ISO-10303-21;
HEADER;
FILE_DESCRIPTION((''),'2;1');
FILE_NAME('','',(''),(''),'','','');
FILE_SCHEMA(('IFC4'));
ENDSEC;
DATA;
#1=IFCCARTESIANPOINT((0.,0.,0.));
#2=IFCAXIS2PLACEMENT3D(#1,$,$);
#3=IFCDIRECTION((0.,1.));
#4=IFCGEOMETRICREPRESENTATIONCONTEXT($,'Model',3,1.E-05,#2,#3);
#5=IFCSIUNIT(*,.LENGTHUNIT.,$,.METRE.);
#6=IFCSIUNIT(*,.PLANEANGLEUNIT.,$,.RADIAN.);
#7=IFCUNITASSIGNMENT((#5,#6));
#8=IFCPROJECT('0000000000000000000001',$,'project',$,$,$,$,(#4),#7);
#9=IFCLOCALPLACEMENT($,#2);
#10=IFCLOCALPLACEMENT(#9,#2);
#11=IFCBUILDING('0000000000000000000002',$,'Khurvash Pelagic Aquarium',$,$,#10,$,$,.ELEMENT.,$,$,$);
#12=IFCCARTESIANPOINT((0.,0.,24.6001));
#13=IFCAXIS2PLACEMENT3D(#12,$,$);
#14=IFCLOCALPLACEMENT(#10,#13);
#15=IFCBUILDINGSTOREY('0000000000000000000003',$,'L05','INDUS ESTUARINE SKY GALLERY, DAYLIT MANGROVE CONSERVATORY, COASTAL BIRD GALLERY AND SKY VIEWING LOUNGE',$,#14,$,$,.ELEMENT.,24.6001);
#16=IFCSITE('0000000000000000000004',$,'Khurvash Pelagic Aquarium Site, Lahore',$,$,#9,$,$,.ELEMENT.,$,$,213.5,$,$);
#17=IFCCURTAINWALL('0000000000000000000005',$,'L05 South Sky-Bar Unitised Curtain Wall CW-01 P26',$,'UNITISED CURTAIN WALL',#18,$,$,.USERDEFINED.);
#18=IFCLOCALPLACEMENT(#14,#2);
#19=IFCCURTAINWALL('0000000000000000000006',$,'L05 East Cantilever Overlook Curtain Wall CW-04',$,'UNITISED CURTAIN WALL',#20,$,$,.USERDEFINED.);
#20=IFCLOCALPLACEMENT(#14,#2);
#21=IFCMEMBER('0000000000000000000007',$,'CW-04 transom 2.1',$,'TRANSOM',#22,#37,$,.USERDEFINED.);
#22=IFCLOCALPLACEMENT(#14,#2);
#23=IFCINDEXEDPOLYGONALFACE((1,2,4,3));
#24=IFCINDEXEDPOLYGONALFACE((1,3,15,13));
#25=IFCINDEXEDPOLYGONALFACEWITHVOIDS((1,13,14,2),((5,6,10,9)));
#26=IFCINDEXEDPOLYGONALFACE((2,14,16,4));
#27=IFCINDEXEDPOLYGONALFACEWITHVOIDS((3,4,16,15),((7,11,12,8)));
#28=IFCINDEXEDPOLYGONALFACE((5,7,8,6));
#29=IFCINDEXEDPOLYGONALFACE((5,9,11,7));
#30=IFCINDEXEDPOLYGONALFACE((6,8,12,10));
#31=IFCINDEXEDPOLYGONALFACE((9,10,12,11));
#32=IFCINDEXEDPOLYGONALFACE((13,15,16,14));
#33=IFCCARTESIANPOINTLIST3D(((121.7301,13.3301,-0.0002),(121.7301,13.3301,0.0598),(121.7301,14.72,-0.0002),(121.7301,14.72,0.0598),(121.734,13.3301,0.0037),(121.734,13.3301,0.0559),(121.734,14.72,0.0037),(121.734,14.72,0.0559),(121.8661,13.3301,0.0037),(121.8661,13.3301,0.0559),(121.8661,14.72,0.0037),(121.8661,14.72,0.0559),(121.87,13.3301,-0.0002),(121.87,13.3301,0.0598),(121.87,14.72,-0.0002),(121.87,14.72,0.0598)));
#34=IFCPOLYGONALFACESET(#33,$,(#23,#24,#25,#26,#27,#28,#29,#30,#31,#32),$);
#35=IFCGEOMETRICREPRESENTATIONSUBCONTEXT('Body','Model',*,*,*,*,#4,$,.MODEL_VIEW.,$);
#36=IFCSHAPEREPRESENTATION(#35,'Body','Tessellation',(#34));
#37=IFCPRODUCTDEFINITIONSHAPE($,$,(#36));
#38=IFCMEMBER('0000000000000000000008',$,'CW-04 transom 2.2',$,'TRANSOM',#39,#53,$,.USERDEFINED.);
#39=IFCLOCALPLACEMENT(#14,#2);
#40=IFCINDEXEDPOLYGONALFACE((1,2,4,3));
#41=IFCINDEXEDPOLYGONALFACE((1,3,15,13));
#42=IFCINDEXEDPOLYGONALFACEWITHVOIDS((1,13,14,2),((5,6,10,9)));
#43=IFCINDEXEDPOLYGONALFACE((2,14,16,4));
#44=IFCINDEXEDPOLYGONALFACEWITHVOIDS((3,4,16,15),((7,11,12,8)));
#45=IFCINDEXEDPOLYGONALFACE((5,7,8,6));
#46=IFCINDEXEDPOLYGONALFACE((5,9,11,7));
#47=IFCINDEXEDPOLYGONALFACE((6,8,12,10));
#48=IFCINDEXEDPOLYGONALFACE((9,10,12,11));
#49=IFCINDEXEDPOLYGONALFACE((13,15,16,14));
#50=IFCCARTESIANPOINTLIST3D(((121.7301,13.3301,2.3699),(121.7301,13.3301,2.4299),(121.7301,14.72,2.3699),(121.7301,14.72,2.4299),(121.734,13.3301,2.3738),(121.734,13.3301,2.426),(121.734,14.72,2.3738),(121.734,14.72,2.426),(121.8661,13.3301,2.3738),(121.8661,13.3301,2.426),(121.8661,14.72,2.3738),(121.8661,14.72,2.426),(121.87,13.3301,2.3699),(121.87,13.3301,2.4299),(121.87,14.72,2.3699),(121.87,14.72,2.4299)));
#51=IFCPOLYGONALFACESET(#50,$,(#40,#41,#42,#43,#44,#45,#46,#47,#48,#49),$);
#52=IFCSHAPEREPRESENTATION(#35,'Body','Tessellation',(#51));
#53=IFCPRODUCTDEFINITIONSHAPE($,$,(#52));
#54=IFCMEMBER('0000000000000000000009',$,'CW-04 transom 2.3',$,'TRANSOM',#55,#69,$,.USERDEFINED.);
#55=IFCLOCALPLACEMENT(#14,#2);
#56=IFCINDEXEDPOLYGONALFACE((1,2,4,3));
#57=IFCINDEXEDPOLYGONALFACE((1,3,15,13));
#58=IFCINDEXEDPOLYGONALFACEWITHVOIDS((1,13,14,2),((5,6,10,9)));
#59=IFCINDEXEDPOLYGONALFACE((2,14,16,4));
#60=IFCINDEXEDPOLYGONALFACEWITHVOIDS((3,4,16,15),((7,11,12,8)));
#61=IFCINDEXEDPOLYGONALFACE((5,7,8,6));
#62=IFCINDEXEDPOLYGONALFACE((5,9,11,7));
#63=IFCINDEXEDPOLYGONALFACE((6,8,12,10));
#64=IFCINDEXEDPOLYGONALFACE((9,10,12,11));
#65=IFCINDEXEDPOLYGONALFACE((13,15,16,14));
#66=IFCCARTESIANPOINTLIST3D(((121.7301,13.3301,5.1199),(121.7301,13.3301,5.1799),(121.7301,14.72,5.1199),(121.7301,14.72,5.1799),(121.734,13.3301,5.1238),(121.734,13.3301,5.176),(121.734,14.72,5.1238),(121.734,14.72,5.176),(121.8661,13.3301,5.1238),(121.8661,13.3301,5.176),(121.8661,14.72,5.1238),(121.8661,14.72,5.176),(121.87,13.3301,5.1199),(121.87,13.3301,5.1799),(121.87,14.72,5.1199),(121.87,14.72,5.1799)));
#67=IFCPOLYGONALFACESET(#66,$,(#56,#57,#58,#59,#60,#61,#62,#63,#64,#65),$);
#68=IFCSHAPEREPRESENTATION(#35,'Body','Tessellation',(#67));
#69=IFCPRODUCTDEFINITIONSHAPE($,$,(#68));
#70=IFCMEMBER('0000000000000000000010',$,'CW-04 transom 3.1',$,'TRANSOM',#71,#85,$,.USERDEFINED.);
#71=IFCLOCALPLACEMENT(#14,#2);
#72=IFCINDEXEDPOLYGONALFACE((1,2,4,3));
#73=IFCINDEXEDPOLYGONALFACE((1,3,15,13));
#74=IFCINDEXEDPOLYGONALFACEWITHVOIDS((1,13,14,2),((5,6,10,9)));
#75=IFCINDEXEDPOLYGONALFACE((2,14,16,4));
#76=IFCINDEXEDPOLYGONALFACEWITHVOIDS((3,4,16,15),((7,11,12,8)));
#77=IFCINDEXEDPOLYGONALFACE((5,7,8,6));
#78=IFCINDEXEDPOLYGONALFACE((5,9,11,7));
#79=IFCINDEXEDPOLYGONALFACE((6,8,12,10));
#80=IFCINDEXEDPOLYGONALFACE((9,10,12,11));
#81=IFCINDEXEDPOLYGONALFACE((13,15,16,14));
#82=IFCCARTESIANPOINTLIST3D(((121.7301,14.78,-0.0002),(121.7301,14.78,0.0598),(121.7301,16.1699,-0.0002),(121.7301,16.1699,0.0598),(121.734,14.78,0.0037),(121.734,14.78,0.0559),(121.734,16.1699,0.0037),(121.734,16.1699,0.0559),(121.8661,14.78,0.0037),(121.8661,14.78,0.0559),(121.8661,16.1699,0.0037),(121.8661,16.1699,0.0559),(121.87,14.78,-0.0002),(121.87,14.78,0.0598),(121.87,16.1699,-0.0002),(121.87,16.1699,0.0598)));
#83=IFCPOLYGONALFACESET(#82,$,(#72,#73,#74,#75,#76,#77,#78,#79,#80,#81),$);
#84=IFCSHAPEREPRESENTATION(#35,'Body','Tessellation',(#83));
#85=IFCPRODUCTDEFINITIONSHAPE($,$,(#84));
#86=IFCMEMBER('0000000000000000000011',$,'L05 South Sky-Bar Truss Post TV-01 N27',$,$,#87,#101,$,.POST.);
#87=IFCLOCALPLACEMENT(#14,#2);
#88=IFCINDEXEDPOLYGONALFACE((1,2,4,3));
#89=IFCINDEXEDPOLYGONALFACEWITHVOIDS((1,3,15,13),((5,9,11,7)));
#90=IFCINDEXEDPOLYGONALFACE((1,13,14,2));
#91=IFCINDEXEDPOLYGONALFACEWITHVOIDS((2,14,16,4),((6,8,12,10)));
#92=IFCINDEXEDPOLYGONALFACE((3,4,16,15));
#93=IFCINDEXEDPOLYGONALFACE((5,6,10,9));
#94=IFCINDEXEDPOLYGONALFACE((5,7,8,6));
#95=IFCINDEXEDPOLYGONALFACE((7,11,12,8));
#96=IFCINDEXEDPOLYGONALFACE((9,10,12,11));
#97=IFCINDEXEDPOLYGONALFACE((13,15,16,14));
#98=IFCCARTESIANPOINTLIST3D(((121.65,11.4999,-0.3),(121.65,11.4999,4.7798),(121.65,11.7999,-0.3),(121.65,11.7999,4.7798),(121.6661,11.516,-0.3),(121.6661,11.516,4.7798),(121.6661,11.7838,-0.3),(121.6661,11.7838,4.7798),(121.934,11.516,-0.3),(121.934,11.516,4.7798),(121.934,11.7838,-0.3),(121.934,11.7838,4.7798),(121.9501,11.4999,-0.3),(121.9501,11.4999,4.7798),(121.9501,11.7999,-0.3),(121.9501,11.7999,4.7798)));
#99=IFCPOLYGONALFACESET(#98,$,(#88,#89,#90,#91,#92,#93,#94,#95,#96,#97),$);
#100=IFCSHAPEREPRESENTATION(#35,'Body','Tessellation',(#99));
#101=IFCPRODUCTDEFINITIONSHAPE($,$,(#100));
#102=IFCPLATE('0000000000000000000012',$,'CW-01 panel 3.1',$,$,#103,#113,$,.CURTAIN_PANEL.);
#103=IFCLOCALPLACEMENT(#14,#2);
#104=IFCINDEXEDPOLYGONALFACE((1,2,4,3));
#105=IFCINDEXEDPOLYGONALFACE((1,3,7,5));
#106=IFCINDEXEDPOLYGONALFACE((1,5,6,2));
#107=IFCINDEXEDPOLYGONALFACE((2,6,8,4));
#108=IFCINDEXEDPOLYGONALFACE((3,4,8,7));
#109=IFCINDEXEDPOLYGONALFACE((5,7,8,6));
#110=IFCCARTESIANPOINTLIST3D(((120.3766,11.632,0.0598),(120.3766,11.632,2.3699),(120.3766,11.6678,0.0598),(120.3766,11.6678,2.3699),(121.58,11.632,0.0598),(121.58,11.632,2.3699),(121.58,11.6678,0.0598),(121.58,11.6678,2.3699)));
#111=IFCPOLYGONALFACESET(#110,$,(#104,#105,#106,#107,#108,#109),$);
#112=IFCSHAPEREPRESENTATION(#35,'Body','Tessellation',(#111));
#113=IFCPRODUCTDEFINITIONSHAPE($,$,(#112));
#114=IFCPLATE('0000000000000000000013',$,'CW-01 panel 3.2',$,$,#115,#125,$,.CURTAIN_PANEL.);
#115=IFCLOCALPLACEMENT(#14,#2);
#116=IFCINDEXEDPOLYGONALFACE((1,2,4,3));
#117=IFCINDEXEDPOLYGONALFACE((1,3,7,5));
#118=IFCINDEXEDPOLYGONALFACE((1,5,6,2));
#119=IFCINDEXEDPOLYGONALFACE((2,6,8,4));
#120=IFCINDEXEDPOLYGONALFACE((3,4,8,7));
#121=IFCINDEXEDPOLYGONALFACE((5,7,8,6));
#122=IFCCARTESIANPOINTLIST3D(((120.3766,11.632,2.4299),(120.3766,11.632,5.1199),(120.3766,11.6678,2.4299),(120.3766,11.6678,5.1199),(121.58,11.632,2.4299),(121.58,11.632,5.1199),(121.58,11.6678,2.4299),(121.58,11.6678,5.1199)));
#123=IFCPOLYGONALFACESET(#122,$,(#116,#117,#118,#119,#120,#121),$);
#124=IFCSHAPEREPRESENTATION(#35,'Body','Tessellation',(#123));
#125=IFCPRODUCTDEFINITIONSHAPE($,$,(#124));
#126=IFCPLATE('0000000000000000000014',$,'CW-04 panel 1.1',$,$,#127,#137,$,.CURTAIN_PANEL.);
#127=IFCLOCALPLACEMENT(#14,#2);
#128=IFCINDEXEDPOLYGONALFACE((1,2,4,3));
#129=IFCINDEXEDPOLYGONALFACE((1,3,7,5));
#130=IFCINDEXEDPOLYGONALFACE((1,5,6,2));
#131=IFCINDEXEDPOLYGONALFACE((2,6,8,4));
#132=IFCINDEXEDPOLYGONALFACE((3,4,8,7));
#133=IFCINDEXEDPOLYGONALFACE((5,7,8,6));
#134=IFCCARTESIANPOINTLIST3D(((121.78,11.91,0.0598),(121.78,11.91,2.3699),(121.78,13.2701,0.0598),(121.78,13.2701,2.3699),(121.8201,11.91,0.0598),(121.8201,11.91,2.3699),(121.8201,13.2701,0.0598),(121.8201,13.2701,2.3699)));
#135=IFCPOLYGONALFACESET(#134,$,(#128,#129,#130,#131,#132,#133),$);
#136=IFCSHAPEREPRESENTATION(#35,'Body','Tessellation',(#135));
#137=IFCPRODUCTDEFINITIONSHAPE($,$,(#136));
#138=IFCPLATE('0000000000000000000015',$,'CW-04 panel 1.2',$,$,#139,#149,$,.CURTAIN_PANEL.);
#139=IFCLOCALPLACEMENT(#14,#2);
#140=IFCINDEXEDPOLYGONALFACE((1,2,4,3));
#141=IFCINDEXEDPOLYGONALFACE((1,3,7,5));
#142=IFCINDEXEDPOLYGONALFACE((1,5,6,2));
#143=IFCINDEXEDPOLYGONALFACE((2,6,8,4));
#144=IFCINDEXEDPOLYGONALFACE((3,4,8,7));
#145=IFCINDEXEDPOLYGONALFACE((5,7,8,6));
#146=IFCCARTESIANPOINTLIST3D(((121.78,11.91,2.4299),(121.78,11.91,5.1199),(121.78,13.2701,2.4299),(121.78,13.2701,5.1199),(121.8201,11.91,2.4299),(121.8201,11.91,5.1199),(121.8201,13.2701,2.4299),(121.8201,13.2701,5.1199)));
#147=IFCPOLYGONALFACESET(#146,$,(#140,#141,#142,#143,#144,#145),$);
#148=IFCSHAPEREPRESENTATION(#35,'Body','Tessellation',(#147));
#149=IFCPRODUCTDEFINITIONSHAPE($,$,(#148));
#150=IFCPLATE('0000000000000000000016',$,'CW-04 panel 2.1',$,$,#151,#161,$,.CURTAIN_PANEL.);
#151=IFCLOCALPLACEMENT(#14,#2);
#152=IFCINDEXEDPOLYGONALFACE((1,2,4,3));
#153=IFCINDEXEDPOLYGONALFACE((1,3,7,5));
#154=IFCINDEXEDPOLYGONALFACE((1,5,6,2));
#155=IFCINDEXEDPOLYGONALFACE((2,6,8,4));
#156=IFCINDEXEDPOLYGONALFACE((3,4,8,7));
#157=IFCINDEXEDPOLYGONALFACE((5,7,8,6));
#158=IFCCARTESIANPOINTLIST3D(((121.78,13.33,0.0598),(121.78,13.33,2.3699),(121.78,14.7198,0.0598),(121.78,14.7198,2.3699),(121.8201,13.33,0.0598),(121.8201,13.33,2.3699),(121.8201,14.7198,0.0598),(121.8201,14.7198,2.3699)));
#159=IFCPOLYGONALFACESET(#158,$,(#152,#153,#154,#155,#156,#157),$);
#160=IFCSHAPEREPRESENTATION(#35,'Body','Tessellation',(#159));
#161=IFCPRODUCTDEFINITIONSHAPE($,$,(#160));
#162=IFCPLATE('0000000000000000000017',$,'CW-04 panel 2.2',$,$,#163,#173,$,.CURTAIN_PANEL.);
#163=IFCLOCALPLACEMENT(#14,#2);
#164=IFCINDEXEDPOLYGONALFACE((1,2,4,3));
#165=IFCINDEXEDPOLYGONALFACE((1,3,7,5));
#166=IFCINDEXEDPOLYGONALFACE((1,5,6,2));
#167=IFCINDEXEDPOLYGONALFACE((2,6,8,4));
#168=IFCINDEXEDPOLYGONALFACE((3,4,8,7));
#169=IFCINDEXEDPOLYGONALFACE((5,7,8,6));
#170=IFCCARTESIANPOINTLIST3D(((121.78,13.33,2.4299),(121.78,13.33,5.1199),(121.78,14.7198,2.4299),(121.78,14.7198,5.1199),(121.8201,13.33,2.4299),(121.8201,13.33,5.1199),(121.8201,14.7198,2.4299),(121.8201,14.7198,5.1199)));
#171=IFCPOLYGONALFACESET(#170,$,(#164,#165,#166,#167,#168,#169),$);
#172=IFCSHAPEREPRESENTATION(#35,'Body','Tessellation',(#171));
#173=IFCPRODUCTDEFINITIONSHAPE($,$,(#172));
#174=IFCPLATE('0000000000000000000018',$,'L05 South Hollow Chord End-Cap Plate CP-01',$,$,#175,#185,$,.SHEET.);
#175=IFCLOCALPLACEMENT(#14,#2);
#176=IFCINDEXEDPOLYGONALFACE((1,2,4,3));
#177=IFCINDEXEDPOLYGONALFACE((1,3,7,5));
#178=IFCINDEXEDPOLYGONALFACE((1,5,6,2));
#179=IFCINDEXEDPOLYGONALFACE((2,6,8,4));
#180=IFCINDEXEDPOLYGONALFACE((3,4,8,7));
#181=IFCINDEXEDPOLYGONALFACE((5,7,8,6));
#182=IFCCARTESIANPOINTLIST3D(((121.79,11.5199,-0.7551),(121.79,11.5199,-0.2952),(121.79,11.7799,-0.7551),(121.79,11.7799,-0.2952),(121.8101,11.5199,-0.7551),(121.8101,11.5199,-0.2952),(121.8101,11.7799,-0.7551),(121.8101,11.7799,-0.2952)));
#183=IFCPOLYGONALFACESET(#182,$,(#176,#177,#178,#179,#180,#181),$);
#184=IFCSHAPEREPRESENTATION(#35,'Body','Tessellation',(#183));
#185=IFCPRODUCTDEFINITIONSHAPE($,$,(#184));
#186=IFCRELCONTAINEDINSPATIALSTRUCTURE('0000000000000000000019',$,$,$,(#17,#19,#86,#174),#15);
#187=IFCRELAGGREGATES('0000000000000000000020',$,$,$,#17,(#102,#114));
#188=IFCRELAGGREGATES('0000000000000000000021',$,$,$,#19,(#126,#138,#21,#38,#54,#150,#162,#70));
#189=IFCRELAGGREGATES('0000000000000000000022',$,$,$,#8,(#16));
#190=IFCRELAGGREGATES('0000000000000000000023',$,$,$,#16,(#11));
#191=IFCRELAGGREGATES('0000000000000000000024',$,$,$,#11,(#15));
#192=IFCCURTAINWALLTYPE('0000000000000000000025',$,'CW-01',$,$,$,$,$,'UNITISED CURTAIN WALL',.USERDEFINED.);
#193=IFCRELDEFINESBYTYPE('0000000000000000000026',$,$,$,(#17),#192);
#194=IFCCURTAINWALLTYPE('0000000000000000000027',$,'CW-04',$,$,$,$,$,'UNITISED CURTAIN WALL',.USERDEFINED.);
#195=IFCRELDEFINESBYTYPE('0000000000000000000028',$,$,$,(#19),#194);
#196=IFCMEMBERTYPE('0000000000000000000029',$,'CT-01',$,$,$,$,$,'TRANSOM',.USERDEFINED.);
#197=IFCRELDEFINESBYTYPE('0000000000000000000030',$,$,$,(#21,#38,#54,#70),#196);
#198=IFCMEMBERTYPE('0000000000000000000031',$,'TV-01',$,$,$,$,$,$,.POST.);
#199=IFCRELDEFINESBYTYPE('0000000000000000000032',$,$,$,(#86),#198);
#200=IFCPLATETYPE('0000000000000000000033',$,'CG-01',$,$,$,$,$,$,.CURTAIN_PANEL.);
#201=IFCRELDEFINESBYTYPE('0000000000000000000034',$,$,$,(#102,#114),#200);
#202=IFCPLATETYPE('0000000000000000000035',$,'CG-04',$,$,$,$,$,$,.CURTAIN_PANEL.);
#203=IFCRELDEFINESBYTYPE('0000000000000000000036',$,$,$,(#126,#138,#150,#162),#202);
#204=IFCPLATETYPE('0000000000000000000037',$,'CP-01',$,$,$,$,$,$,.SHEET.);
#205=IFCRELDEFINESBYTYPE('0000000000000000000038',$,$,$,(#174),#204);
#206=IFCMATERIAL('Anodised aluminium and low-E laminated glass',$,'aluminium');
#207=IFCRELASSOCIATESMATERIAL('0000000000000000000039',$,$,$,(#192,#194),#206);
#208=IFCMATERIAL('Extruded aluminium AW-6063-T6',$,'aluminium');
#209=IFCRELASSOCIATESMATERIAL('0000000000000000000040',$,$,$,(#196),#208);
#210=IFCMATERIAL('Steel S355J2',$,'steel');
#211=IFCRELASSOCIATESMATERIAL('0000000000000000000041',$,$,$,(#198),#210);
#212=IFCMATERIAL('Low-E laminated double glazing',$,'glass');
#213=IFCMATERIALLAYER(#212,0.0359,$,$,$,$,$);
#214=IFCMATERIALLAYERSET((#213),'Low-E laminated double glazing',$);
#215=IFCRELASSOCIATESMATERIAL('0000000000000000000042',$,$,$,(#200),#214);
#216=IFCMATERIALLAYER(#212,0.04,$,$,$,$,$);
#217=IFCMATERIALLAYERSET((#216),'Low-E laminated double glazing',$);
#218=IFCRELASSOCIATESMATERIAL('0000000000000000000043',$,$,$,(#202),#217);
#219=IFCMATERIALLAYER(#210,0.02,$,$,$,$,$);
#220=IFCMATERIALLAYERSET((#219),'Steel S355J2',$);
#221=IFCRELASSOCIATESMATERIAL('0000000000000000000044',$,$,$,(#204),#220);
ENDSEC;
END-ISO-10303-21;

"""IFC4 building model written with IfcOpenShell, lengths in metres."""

from ifc_helpers import new_model, si_unit, direction, frame, origin, origin_2d, place, context, subcontext, project, spatial, rectangle, hollow_rectangle, extrude, material, layer, layer_set, material_profile, profile_set, type_object, element, aggregate, save


model = new_model("IFC4")

# Units and contexts
model_context = context("Model", 3, precision=1e-05, world=origin(), true_north=direction((0.0, 1.0)))
body_context = subcontext(model_context, "Body", "Model", "MODEL_VIEW")
ifc_project = project(units=[si_unit("LENGTHUNIT", "METRE"), si_unit("PLANEANGLEUNIT", "RADIAN")], contexts=[model_context])

# Site, building, storey
site_placement = place(None, origin())
site = spatial("IfcSite", under=ifc_project, at=site_placement, Name="Khurvash Pelagic Aquarium Site, Lahore", CompositionType="ELEMENT", RefElevation=213.5)
building_placement = place(site_placement, origin())
building = spatial("IfcBuilding", under=site, at=building_placement, Name="Khurvash Pelagic Aquarium", CompositionType="ELEMENT")
storey_placement = place(building_placement, frame((0.0, 0.0, 24.6001)))
storey = spatial("IfcBuildingStorey", under=building, at=storey_placement, Name="L05", Description="INDUS ESTUARINE SKY GALLERY, DAYLIT MANGROVE CONSERVATORY, COASTAL BIRD GALLERY AND SKY VIEWING LOUNGE", CompositionType="ELEMENT", Elevation=24.6001)

# Curtain wall
ifc_material_1 = material(Name="Anodised aluminium and low-E laminated glass", Category="aluminium")
curtain_wall_type_1 = type_object("IfcCurtainWallType", Name="CW-01", ElementType="UNITISED CURTAIN WALL", PredefinedType="USERDEFINED", material=ifc_material_1)
curtain_wall_1_placement = place(storey_placement, origin())
curtain_wall_1 = element("IfcCurtainWall", 1, at=curtain_wall_1_placement, inside=storey, type_object=curtain_wall_type_1, Name="L05 South Sky-Bar Unitised Curtain Wall CW-01 P26", ObjectType="UNITISED CURTAIN WALL", PredefinedType="USERDEFINED")
ifc_material_2 = material(Name="Extruded aluminium AW-6063-T6", Category="aluminium")

# Curtain wall
curtain_wall_type_2 = type_object("IfcCurtainWallType", Name="CW-04", ElementType="UNITISED CURTAIN WALL", PredefinedType="USERDEFINED", material=ifc_material_1)
curtain_wall_2_placement = place(storey_placement, origin())
curtain_wall_2 = element("IfcCurtainWall", 2, at=curtain_wall_2_placement, inside=storey, type_object=curtain_wall_type_2, Name="L05 East Cantilever Overlook Curtain Wall CW-04", ObjectType="UNITISED CURTAIN WALL", PredefinedType="USERDEFINED")

# Members
ifc_material_profile_1 = material_profile(ifc_material_2, hollow_rectangle(XDim=0.1399, YDim=0.0601, WallThickness=0.0039, at=origin_2d()), Name="CWT140X60X4")
ifc_profile_set_1 = profile_set([ifc_material_profile_1], Name="Extruded aluminium AW-6063-T6")
member_type_1 = type_object("IfcMemberType", Name="CT-01", ElementType="TRANSOM", PredefinedType="USERDEFINED", material=ifc_profile_set_1)
member_1_placement = place(storey_placement, frame((121.8, 13.3301, 0.0298), z_axis=(0.0, 1.0, 0.0), x_axis=(-1.0, 0.0, 0.0)))
member_1 = element("IfcMember", 3, at=member_1_placement, type_object=member_type_1, Name="CW-04 transom 2.1", ObjectType="TRANSOM", PredefinedType="USERDEFINED", context=body_context, shape_type="SweptSolid", body=[
    extrude(hollow_rectangle(XDim=0.1399, YDim=0.0601, WallThickness=0.0039, at=origin_2d()), origin(), (0.0, 0.0, 1.0), 1.3899),
])
member_2_placement = place(storey_placement, frame((121.8, 13.3301, 2.3999), z_axis=(0.0, 1.0, 0.0), x_axis=(-1.0, 0.0, 0.0)))
member_2 = element("IfcMember", 4, at=member_2_placement, type_object=member_type_1, Name="CW-04 transom 2.2", ObjectType="TRANSOM", PredefinedType="USERDEFINED", context=body_context, shape_type="SweptSolid", body=[
    extrude(hollow_rectangle(XDim=0.1399, YDim=0.0601, WallThickness=0.0039, at=origin_2d()), origin(), (0.0, 0.0, 1.0), 1.3899),
])
member_3_placement = place(storey_placement, frame((121.8, 13.3301, 5.1499), z_axis=(0.0, 1.0, 0.0), x_axis=(-1.0, 0.0, 0.0)))
member_3 = element("IfcMember", 5, at=member_3_placement, type_object=member_type_1, Name="CW-04 transom 2.3", ObjectType="TRANSOM", PredefinedType="USERDEFINED", context=body_context, shape_type="SweptSolid", body=[
    extrude(hollow_rectangle(XDim=0.1399, YDim=0.0601, WallThickness=0.0039, at=origin_2d()), origin(), (0.0, 0.0, 1.0), 1.3899),
])
member_4_placement = place(storey_placement, frame((121.8, 14.78, 0.0298), z_axis=(0.0, 1.0, 0.0), x_axis=(-1.0, 0.0, 0.0)))
member_4 = element("IfcMember", 6, at=member_4_placement, type_object=member_type_1, Name="CW-04 transom 3.1", ObjectType="TRANSOM", PredefinedType="USERDEFINED", context=body_context, shape_type="SweptSolid", body=[
    extrude(hollow_rectangle(XDim=0.1399, YDim=0.0601, WallThickness=0.0039, at=origin_2d()), origin(), (0.0, 0.0, 1.0), 1.3899),
])
ifc_material_3 = material(Name="Steel S355J2", Category="steel")
ifc_material_profile_2 = material_profile(ifc_material_3, hollow_rectangle(XDim=0.3, YDim=0.3, WallThickness=0.0161, at=origin_2d()), Name="SHS300X300X16")
ifc_profile_set_2 = profile_set([ifc_material_profile_2], Name="Steel S355J2")
member_type_2 = type_object("IfcMemberType", Name="TV-01", PredefinedType="POST", material=ifc_profile_set_2)
member_5_placement = place(storey_placement, frame((121.8, 11.6499, -0.3), z_axis=(0.0, 0.0, 1.0), x_axis=(1.0, 0.0, 0.0)))
element("IfcMember", 7, at=member_5_placement, inside=storey, type_object=member_type_2, Name="L05 South Sky-Bar Truss Post TV-01 N27", PredefinedType="POST", context=body_context, shape_type="SweptSolid", body=[
    extrude(hollow_rectangle(XDim=0.3, YDim=0.3, WallThickness=0.0161, at=origin_2d()), origin(), (0.0, 0.0, 1.0), 5.0798),
])

# Plates
ifc_material_4 = material(Name="Low-E laminated double glazing", Category="glass")
ifc_layer_1 = layer(ifc_material_4, 0.0359)
ifc_layer_set_1 = layer_set([ifc_layer_1], Name="Low-E laminated double glazing")
plate_type_1 = type_object("IfcPlateType", Name="CG-01", PredefinedType="CURTAIN_PANEL", material=ifc_layer_set_1)
plate_1_placement = place(storey_placement, frame((120.9783, 11.6499, 0.0598), z_axis=(0.0, 0.0, 1.0), x_axis=(1.0, 0.0, 0.0)))
plate_1 = element("IfcPlate", 8, at=plate_1_placement, type_object=plate_type_1, Name="CW-01 panel 3.1", PredefinedType="CURTAIN_PANEL", context=body_context, shape_type="SweptSolid", body=[
    extrude(rectangle(XDim=1.2034, YDim=0.0359, at=origin_2d()), origin(), (0.0, 0.0, 1.0), 2.3101),
])
plate_2_placement = place(storey_placement, frame((120.9783, 11.6499, 2.4299), z_axis=(0.0, 0.0, 1.0), x_axis=(1.0, 0.0, 0.0)))
plate_2 = element("IfcPlate", 9, at=plate_2_placement, type_object=plate_type_1, Name="CW-01 panel 3.2", PredefinedType="CURTAIN_PANEL", context=body_context, shape_type="SweptSolid", body=[
    extrude(rectangle(XDim=1.2034, YDim=0.0359, at=origin_2d()), origin(), (0.0, 0.0, 1.0), 2.6899),
])
aggregate(curtain_wall_1, [plate_1, plate_2])
ifc_layer_2 = layer(ifc_material_4, 0.04)
ifc_layer_set_2 = layer_set([ifc_layer_2], Name="Low-E laminated double glazing")
plate_type_2 = type_object("IfcPlateType", Name="CG-04", PredefinedType="CURTAIN_PANEL", material=ifc_layer_set_2)
plate_3_placement = place(storey_placement, frame((121.8, 12.5901, 0.0598), z_axis=(0.0, 0.0, 1.0), x_axis=(0.0, 1.0, 0.0)))
plate_3 = element("IfcPlate", 10, at=plate_3_placement, type_object=plate_type_2, Name="CW-04 panel 1.1", PredefinedType="CURTAIN_PANEL", context=body_context, shape_type="SweptSolid", body=[
    extrude(rectangle(XDim=1.3601, YDim=0.04, at=origin_2d()), origin(), (0.0, 0.0, 1.0), 2.3101),
])
plate_4_placement = place(storey_placement, frame((121.8, 12.5901, 2.4299), z_axis=(0.0, 0.0, 1.0), x_axis=(0.0, 1.0, 0.0)))
plate_4 = element("IfcPlate", 11, at=plate_4_placement, type_object=plate_type_2, Name="CW-04 panel 1.2", PredefinedType="CURTAIN_PANEL", context=body_context, shape_type="SweptSolid", body=[
    extrude(rectangle(XDim=1.3601, YDim=0.04, at=origin_2d()), origin(), (0.0, 0.0, 1.0), 2.6899),
])
plate_5_placement = place(storey_placement, frame((121.8, 14.0249, 0.0598), z_axis=(0.0, 0.0, 1.0), x_axis=(0.0, 1.0, 0.0)))
plate_5 = element("IfcPlate", 12, at=plate_5_placement, type_object=plate_type_2, Name="CW-04 panel 2.1", PredefinedType="CURTAIN_PANEL", context=body_context, shape_type="SweptSolid", body=[
    extrude(rectangle(XDim=1.3899, YDim=0.04, at=origin_2d()), origin(), (0.0, 0.0, 1.0), 2.3101),
])
plate_6_placement = place(storey_placement, frame((121.8, 14.0249, 2.4299), z_axis=(0.0, 0.0, 1.0), x_axis=(0.0, 1.0, 0.0)))
plate_6 = element("IfcPlate", 13, at=plate_6_placement, type_object=plate_type_2, Name="CW-04 panel 2.2", PredefinedType="CURTAIN_PANEL", context=body_context, shape_type="SweptSolid", body=[
    extrude(rectangle(XDim=1.3899, YDim=0.04, at=origin_2d()), origin(), (0.0, 0.0, 1.0), 2.6899),
])
aggregate(curtain_wall_2, [plate_3, plate_4, member_1, member_2, member_3, plate_5, plate_6, member_4])

# Plate
ifc_layer_3 = layer(ifc_material_3, 0.02)
ifc_layer_set_3 = layer_set([ifc_layer_3], Name="Steel S355J2")
plate_type_3 = type_object("IfcPlateType", Name="CP-01", PredefinedType="SHEET", material=ifc_layer_set_3)
plate_7_placement = place(storey_placement, frame((121.8, 11.6499, -0.7551), z_axis=(0.0, 0.0, 1.0), x_axis=(0.0, 1.0, 0.0)))
element("IfcPlate", 14, at=plate_7_placement, inside=storey, type_object=plate_type_3, Name="L05 South Hollow Chord End-Cap Plate CP-01", PredefinedType="SHEET", context=body_context, shape_type="SweptSolid", body=[
    extrude(rectangle(XDim=0.26, YDim=0.02, at=origin_2d()), origin(), (0.0, 0.0, 1.0), 0.46),
])

save(model, "model.ifc")
